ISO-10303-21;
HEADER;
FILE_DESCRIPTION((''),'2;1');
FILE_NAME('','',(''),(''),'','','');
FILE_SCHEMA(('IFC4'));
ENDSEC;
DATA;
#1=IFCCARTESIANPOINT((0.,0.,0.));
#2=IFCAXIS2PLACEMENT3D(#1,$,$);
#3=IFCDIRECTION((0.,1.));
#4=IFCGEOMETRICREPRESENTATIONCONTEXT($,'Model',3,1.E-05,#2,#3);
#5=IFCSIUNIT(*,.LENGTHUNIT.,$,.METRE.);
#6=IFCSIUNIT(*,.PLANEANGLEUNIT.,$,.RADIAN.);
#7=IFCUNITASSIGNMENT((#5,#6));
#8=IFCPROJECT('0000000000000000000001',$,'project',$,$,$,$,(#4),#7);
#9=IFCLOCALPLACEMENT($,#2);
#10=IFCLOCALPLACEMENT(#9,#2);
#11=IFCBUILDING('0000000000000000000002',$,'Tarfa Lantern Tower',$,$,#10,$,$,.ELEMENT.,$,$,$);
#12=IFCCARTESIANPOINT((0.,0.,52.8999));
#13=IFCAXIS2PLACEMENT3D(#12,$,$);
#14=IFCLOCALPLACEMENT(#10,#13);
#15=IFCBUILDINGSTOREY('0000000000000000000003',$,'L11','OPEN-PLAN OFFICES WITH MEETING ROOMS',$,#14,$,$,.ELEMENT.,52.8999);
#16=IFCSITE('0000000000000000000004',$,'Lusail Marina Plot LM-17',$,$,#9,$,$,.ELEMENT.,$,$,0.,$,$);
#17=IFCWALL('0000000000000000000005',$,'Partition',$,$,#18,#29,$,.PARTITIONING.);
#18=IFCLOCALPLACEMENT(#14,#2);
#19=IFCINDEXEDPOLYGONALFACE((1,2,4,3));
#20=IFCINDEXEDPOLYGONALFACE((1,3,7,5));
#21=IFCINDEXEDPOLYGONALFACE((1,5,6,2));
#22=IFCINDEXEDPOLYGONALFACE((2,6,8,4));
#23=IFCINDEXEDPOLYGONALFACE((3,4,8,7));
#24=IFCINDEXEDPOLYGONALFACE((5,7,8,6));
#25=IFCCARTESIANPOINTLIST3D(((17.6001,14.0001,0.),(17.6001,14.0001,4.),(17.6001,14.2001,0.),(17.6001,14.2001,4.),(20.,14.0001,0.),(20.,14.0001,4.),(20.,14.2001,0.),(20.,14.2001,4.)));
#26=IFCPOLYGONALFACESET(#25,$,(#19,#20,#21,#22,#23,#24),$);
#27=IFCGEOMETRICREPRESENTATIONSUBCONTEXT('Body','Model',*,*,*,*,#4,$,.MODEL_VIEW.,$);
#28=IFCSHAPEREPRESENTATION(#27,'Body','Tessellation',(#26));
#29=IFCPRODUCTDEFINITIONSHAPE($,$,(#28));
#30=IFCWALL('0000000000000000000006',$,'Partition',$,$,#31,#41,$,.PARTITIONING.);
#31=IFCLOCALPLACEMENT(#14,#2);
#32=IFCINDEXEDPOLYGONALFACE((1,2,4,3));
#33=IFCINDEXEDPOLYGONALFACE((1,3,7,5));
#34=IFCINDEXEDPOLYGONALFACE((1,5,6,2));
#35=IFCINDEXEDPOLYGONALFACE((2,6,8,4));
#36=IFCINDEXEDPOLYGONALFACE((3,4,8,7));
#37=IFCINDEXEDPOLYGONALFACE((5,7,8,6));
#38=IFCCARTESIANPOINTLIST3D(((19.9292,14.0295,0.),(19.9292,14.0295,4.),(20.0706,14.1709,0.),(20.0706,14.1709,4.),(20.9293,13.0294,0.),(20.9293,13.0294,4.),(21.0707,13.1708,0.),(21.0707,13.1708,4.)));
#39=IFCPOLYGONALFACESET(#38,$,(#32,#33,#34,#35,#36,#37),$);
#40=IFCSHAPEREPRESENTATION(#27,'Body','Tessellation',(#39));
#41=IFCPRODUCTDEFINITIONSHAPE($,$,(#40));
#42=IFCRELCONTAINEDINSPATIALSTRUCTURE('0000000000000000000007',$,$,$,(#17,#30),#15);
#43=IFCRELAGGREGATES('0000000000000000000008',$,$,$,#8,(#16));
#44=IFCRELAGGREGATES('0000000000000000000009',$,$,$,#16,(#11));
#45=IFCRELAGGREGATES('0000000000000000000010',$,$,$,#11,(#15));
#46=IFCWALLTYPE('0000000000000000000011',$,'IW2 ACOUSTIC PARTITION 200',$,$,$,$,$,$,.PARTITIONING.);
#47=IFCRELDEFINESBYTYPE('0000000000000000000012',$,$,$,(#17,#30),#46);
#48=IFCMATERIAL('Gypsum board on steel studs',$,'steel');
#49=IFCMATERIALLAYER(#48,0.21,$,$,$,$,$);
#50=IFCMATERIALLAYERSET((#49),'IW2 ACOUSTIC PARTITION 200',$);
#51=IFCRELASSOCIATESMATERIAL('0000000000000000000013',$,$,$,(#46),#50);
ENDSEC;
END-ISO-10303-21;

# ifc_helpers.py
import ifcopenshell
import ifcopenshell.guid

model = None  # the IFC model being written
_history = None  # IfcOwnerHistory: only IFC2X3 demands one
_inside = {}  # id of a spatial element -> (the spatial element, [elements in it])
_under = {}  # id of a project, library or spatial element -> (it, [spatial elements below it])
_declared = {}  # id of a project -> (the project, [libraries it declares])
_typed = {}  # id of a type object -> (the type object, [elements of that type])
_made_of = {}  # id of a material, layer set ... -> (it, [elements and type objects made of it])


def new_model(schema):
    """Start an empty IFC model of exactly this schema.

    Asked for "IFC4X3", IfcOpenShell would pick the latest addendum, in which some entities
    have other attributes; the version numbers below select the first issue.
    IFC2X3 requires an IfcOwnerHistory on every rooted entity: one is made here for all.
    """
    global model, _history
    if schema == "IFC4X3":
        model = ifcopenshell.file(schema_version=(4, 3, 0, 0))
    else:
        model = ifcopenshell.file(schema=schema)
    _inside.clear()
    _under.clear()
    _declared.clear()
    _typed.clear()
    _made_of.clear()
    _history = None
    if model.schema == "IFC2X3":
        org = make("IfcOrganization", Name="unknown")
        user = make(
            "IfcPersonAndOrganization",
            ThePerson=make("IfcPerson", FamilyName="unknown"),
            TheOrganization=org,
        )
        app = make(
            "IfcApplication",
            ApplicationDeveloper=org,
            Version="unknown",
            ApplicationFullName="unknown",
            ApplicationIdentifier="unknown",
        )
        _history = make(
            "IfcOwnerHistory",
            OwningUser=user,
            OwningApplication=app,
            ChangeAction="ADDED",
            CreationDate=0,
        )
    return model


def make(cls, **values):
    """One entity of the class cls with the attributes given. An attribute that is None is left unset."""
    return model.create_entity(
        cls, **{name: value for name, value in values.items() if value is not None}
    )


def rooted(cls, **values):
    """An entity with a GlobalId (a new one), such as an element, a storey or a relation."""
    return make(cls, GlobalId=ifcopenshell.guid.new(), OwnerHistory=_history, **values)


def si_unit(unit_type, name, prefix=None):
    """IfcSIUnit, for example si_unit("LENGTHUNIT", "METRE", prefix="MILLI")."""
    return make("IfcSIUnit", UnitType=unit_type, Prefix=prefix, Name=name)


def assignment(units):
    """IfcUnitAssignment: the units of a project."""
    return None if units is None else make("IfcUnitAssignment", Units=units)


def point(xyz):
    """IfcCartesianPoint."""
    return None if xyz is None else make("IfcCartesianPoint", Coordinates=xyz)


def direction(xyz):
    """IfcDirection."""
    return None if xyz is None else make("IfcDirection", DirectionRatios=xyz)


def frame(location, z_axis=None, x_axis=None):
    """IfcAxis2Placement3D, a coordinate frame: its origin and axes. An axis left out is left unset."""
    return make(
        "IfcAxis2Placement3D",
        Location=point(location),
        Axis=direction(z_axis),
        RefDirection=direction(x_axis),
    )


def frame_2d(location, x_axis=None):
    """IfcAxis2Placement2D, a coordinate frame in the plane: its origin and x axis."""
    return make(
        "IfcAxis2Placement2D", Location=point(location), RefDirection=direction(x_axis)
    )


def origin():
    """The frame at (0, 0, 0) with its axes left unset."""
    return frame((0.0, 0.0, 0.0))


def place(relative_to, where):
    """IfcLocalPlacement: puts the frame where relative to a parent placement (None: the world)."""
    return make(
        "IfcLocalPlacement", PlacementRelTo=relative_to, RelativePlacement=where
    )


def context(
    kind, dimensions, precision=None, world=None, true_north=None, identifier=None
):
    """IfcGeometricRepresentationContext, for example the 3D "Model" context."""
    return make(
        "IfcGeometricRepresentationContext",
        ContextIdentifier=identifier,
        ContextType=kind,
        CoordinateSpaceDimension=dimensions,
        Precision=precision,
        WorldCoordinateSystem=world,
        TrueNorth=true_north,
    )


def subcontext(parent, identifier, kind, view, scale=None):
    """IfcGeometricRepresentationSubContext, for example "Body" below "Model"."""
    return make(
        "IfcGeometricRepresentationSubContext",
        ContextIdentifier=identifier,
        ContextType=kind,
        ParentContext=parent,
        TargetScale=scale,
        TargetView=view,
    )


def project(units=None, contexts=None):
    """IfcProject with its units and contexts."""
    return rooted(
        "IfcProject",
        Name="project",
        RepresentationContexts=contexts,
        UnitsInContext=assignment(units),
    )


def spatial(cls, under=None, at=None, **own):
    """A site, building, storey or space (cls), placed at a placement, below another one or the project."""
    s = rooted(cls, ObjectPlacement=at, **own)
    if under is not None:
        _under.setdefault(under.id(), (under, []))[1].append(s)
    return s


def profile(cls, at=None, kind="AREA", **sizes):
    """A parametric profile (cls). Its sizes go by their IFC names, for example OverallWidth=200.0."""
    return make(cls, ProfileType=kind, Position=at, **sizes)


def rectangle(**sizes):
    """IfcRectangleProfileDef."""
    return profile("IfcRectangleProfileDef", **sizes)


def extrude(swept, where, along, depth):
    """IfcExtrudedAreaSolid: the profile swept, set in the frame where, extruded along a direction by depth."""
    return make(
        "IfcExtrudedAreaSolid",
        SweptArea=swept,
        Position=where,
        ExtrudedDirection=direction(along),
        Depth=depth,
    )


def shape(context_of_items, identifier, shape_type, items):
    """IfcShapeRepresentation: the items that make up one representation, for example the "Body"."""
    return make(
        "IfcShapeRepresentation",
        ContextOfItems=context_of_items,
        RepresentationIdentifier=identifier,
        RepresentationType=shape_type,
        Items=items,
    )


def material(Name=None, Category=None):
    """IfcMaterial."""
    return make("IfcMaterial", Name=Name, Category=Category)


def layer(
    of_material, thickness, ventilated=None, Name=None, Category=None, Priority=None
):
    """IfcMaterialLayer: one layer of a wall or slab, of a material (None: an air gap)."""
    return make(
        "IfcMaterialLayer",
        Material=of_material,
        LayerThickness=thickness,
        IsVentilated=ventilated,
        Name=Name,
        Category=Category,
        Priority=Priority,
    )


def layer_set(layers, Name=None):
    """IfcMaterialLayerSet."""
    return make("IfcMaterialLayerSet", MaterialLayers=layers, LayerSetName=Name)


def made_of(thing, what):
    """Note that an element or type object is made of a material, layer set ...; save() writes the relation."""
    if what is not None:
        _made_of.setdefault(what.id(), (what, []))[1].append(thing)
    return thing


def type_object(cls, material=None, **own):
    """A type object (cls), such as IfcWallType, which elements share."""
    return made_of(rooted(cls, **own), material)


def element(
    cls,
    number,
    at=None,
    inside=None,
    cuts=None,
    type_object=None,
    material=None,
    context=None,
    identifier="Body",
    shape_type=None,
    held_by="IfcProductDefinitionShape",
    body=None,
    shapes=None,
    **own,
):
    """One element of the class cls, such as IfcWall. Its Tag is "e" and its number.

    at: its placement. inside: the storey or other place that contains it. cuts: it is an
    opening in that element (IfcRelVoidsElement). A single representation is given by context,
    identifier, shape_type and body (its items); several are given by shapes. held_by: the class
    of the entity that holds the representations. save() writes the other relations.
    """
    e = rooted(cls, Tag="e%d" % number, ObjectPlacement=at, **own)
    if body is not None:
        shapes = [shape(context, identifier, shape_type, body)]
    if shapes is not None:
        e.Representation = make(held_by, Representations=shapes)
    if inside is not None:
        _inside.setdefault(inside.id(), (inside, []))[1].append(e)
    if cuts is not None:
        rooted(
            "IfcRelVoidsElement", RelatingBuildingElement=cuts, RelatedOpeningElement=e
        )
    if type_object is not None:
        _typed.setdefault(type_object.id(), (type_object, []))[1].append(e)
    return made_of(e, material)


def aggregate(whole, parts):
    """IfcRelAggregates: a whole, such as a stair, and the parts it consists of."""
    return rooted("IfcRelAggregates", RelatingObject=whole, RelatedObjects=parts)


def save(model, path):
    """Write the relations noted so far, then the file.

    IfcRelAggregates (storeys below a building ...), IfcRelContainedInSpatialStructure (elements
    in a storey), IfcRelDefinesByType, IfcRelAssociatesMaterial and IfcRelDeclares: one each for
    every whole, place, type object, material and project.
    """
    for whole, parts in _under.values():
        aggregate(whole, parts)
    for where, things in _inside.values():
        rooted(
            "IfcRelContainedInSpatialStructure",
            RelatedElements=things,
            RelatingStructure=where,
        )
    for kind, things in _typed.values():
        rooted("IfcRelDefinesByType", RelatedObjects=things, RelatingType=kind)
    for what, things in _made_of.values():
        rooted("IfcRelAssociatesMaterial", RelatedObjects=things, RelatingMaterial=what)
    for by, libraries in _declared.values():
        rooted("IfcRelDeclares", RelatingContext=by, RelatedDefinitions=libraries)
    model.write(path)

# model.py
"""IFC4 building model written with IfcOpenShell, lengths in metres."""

from ifc_helpers import new_model, si_unit, direction, frame, frame_2d, origin, place, context, subcontext, project, spatial, rectangle, extrude, material, layer, layer_set, type_object, element, save


model = new_model("IFC4")

# Units and contexts
model_context = context("Model", 3, precision=1e-05, world=origin(), true_north=direction((0.0, 1.0)))
body_context = subcontext(model_context, "Body", "Model", "MODEL_VIEW")
ifc_project = project(units=[si_unit("LENGTHUNIT", "METRE"), si_unit("PLANEANGLEUNIT", "RADIAN")], contexts=[model_context])

# Site, building, storey
site_placement = place(None, origin())
site = spatial("IfcSite", under=ifc_project, at=site_placement, Name="Lusail Marina Plot LM-17", CompositionType="ELEMENT", RefElevation=0.0)
building_placement = place(site_placement, origin())
building = spatial("IfcBuilding", under=site, at=building_placement, Name="Tarfa Lantern Tower", CompositionType="ELEMENT")
storey_placement = place(building_placement, frame((0.0, 0.0, 52.8999)))
storey = spatial("IfcBuildingStorey", under=building, at=storey_placement, Name="L11", Description="OPEN-PLAN OFFICES WITH MEETING ROOMS", CompositionType="ELEMENT", Elevation=52.8999)

# Walls
ifc_material_1 = material(Name="Gypsum board on steel studs", Category="steel")
ifc_layer_1 = layer(ifc_material_1, 0.21)
ifc_layer_set_1 = layer_set([ifc_layer_1], Name="IW2 ACOUSTIC PARTITION 200")
wall_type_1 = type_object("IfcWallType", Name="IW2 ACOUSTIC PARTITION 200", PredefinedType="PARTITIONING", material=ifc_layer_set_1)
wall_1_placement = place(storey_placement, frame((17.6001, 14.1001, 0.0), z_axis=(0.0, 0.0, 1.0), x_axis=(1.0, 0.0, 0.0)))
element("IfcWall", 1, at=wall_1_placement, inside=storey, type_object=wall_type_1, Name="Partition", PredefinedType="PARTITIONING", context=body_context, shape_type="SweptSolid", body=[
    extrude(rectangle(XDim=2.3999, YDim=0.2, at=frame_2d((1.2, 0.0))), origin(), (0.0, 0.0, 1.0), 4.0),
])
wall_2_placement = place(storey_placement, frame((20.0, 14.1001, 0.0), z_axis=(0.0, 0.0, 1.0), x_axis=(0.707107, -0.707107, 0.0)))
element("IfcWall", 2, at=wall_2_placement, inside=storey, type_object=wall_type_1, Name="Partition", PredefinedType="PARTITIONING", context=body_context, shape_type="SweptSolid", body=[
    extrude(rectangle(XDim=1.4143, YDim=0.2, at=frame_2d((0.707, 0.0))), origin(), (0.0, 0.0, 1.0), 4.0),
])

save(model, "model.ifc")
